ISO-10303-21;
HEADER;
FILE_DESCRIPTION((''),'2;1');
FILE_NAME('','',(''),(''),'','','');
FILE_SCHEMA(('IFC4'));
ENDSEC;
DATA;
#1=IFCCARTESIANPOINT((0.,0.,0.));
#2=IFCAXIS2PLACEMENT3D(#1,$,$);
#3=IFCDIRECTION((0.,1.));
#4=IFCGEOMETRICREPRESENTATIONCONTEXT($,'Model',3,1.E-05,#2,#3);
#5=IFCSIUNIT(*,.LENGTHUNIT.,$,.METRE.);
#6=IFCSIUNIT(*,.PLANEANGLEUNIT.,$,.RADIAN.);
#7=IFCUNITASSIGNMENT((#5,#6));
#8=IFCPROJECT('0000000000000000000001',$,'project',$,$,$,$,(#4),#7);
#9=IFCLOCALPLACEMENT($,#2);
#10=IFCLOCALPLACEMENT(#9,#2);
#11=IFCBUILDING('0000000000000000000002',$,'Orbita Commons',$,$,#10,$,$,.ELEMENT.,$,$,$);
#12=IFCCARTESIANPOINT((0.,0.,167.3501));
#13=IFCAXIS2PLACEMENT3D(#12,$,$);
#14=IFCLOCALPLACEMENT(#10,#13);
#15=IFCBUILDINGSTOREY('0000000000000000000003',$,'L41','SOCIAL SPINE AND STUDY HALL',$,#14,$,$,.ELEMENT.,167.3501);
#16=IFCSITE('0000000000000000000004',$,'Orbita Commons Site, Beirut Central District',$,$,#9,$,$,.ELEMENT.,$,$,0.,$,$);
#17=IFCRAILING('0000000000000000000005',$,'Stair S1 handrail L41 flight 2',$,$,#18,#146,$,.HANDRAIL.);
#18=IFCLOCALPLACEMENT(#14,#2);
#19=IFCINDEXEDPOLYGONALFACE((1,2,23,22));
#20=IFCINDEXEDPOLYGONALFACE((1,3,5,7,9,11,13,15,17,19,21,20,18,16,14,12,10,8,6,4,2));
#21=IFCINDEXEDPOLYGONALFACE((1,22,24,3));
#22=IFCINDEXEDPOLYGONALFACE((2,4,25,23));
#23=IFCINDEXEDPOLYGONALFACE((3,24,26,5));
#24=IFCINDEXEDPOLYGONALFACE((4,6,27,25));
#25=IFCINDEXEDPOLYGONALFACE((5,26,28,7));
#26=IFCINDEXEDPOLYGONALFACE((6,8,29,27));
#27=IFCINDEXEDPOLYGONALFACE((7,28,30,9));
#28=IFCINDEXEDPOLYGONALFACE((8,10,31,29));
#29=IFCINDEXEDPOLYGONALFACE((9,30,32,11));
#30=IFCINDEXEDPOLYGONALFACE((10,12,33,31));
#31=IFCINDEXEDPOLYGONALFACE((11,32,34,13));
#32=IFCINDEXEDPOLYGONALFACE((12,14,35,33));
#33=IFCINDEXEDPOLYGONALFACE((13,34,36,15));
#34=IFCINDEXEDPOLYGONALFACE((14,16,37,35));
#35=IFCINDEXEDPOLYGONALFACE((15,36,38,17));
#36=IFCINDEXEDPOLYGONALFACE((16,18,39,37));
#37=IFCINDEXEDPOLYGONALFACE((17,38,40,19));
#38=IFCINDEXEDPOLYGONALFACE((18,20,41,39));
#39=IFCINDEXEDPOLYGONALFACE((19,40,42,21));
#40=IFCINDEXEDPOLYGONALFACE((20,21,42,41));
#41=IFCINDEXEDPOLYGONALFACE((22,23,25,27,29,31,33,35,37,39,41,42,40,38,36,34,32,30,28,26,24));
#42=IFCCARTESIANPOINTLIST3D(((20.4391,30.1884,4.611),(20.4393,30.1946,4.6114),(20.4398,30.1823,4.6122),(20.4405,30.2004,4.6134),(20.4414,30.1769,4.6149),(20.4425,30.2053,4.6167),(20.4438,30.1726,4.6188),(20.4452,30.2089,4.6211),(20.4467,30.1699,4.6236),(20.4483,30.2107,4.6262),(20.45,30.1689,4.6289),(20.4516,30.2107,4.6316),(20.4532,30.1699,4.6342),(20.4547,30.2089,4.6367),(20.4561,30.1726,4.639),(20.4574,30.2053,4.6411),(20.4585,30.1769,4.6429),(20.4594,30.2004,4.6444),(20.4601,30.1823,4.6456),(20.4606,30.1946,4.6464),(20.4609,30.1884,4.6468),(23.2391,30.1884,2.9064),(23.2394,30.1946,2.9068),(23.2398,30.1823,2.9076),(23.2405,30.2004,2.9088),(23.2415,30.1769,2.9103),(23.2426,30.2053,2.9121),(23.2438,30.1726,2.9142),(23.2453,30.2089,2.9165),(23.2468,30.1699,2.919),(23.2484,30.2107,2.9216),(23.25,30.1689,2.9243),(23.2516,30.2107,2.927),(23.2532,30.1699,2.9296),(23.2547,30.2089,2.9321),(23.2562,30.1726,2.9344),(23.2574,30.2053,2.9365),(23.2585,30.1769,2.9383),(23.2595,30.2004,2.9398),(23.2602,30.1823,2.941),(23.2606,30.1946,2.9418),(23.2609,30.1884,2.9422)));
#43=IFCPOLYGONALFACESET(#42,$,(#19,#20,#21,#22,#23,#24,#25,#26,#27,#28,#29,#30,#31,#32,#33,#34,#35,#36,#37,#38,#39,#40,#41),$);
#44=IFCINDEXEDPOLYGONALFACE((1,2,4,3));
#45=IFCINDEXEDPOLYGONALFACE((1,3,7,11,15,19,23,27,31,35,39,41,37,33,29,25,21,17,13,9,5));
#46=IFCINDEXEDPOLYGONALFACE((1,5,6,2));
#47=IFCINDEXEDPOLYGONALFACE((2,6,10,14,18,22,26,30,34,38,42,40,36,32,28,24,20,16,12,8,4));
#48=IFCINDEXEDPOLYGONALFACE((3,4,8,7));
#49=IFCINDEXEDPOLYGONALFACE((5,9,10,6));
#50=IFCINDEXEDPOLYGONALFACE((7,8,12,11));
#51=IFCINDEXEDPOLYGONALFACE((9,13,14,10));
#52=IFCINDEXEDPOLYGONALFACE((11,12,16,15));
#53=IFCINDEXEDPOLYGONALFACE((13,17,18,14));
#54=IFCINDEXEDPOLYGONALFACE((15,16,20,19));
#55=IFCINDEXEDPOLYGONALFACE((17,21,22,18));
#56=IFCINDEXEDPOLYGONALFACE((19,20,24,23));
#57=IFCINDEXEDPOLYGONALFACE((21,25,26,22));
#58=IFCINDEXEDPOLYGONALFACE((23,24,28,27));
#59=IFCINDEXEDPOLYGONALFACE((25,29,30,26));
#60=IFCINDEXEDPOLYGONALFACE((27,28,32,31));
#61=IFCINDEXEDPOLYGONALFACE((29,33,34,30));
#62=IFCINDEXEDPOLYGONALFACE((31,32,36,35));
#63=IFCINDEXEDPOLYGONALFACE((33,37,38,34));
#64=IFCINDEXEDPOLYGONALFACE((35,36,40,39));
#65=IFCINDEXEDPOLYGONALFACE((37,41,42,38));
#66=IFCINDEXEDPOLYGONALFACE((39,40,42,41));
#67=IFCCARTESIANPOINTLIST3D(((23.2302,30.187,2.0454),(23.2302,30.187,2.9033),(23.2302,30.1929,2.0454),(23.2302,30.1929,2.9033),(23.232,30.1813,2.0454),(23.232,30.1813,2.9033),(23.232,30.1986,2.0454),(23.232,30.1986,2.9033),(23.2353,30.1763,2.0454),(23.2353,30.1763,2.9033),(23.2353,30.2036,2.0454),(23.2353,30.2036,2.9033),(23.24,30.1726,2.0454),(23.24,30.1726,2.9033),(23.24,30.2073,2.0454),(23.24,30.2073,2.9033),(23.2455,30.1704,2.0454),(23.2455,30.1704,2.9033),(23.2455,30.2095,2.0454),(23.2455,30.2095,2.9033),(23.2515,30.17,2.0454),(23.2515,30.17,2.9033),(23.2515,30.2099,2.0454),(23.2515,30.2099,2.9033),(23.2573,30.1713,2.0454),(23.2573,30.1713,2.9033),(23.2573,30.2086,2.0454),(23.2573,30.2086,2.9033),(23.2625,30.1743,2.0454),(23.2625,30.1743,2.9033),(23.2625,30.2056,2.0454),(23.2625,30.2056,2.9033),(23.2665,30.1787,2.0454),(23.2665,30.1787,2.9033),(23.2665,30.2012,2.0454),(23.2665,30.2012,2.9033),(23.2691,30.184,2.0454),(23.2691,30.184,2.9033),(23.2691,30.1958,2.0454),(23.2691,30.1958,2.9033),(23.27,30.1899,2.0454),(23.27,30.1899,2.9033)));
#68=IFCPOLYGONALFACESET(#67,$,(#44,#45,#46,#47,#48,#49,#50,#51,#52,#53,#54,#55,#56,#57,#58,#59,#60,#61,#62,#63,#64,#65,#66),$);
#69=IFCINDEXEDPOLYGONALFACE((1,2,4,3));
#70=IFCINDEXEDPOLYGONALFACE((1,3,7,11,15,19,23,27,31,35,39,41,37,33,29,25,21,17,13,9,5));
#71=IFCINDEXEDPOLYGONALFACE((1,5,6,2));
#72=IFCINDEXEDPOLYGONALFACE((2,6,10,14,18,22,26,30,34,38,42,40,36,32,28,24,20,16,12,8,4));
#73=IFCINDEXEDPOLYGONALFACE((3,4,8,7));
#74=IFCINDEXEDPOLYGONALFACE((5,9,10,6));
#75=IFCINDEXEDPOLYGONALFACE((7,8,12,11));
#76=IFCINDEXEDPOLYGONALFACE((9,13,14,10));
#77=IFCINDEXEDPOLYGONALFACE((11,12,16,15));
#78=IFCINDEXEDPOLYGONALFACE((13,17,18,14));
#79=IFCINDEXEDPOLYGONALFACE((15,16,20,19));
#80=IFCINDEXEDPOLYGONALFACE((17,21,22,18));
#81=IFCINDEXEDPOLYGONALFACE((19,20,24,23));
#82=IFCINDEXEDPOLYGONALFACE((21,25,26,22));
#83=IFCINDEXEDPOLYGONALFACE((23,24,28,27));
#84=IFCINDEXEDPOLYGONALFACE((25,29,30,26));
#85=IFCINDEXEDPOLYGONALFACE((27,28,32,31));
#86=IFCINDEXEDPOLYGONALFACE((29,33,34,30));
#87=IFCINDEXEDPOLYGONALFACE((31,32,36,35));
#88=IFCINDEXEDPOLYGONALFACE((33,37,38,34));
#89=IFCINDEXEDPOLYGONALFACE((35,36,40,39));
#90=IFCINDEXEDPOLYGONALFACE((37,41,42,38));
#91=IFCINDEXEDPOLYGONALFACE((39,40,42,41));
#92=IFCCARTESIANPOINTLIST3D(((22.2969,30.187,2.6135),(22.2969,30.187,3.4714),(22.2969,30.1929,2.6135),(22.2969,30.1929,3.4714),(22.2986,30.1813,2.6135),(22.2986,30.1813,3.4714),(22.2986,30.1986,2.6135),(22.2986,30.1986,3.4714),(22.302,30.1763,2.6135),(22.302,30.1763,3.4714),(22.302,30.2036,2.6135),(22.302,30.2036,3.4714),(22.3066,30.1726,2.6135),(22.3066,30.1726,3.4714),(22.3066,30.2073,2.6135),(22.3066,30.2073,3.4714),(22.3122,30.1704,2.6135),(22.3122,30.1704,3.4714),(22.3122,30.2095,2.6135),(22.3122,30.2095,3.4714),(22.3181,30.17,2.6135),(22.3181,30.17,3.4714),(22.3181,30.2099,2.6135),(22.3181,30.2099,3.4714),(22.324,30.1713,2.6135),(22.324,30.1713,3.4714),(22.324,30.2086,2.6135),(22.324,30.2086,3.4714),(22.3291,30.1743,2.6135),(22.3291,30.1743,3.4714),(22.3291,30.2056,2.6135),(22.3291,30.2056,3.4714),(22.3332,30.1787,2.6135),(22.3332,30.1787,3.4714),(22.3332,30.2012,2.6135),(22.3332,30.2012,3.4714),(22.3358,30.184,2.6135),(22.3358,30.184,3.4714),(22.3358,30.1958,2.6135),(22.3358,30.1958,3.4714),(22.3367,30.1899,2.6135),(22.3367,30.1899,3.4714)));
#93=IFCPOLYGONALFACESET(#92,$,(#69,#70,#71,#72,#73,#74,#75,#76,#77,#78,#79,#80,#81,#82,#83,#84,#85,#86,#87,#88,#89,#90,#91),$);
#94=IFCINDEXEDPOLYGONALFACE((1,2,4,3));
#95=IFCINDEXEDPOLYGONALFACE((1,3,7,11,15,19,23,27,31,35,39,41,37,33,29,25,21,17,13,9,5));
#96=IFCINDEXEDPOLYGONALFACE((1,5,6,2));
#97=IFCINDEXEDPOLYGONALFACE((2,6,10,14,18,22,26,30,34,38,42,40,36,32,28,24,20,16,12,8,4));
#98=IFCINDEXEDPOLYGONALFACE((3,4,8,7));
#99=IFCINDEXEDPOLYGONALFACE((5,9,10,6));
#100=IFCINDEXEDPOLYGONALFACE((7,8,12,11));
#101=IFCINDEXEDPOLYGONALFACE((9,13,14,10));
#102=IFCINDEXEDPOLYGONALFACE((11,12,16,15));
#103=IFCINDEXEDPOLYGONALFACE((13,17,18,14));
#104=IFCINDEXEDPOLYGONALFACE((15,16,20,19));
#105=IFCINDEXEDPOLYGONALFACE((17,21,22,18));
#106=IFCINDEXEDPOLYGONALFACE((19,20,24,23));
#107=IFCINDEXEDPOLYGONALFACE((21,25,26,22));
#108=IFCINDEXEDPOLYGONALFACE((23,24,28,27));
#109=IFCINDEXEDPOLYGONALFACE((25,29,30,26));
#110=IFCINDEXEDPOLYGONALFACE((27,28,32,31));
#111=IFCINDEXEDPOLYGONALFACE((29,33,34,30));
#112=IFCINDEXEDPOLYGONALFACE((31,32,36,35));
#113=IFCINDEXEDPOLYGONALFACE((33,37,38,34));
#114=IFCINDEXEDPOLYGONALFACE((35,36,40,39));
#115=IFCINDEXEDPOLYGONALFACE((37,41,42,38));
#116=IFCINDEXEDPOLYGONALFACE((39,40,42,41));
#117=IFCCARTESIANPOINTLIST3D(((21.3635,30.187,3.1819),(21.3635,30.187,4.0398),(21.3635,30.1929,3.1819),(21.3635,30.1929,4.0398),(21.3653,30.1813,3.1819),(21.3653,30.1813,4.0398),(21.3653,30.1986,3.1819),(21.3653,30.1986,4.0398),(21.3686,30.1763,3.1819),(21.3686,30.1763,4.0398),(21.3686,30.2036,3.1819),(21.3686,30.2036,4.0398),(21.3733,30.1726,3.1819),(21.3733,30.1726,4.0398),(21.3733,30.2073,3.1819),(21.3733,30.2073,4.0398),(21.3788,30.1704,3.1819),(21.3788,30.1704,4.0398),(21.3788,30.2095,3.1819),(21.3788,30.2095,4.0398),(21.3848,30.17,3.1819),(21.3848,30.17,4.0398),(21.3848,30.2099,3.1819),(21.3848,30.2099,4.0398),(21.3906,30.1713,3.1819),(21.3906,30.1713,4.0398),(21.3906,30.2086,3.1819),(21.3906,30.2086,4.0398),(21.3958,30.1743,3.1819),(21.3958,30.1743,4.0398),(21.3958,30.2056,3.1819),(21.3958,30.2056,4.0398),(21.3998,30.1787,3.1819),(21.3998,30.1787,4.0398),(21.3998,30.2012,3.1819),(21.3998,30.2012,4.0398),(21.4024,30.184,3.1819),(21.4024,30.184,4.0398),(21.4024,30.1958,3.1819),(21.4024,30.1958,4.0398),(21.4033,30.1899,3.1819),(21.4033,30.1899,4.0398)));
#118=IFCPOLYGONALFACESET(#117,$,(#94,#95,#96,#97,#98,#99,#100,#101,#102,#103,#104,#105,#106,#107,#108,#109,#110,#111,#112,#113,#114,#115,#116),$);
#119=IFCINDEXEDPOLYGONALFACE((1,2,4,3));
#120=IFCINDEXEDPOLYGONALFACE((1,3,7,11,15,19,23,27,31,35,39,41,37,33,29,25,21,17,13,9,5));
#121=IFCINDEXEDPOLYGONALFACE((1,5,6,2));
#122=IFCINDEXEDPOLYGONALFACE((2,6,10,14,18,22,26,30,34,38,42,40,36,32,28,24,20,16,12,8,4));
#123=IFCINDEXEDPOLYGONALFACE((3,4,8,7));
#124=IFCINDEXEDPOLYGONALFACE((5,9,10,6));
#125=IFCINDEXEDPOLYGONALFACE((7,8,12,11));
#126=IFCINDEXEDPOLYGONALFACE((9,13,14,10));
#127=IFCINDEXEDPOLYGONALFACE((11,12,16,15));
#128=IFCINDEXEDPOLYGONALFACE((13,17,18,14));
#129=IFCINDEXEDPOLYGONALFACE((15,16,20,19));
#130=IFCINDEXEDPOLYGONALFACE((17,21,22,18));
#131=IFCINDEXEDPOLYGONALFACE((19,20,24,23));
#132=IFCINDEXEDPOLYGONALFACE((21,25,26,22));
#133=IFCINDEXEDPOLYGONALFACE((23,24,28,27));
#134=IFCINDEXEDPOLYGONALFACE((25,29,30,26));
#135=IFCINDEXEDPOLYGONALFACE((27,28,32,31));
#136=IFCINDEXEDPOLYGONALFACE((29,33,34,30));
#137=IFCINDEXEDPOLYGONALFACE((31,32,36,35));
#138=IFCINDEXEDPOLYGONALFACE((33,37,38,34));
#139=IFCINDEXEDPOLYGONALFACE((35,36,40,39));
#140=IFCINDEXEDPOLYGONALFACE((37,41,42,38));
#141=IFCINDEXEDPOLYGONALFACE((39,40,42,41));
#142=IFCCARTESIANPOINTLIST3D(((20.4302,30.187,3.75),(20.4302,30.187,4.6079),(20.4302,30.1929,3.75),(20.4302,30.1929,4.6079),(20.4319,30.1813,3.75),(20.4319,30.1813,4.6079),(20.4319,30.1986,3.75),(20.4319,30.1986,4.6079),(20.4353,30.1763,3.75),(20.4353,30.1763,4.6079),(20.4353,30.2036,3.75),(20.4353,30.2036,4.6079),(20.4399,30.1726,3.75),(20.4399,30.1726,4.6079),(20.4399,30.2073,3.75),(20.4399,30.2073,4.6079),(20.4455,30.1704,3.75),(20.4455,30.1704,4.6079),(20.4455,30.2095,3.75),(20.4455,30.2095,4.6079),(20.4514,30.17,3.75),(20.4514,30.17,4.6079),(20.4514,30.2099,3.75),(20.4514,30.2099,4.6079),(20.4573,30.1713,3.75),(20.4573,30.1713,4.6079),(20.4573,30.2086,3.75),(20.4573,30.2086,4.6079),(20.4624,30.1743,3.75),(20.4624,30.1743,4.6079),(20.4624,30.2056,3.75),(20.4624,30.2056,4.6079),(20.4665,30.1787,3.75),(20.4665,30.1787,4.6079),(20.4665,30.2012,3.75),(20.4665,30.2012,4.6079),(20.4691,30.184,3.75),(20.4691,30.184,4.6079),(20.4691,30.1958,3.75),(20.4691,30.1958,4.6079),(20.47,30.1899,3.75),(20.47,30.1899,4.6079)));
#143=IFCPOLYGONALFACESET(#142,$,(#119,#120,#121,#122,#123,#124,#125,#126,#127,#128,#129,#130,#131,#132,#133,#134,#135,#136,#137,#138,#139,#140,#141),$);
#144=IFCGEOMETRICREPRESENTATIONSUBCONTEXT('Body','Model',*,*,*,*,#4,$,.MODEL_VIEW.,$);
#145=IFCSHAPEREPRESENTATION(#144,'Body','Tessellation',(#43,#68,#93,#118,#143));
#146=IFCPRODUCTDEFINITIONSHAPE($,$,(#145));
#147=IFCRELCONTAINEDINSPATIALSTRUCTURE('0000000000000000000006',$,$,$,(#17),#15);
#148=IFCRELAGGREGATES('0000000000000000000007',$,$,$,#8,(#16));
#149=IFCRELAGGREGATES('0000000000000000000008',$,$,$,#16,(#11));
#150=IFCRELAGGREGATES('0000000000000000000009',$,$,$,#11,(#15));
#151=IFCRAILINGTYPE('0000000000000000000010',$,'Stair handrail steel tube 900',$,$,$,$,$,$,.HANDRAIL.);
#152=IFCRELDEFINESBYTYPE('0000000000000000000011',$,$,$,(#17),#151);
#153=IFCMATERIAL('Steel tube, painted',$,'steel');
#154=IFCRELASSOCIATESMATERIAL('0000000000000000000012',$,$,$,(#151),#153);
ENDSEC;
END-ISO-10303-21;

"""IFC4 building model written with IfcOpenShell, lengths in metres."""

from ifc_helpers import new_model, si_unit, direction, frame, origin, origin_2d, place, context, subcontext, project, spatial, circle, extrude, material, type_object, element, save


model = new_model("IFC4")

# Units and contexts
model_context = context("Model", 3, precision=1e-05, world=origin(), true_north=direction((0.0, 1.0)))
body_context = subcontext(model_context, "Body", "Model", "MODEL_VIEW")
ifc_project = project(units=[si_unit("LENGTHUNIT", "METRE"), si_unit("PLANEANGLEUNIT", "RADIAN")], contexts=[model_context])

# Site, building, storey
site_placement = place(None, origin())
site = spatial("IfcSite", under=ifc_project, at=site_placement, Name="Orbita Commons Site, Beirut Central District", CompositionType="ELEMENT", RefElevation=0.0)
building_placement = place(site_placement, origin())
building = spatial("IfcBuilding", under=site, at=building_placement, Name="Orbita Commons", CompositionType="ELEMENT")
storey_placement = place(building_placement, frame((0.0, 0.0, 167.3501)))
storey = spatial("IfcBuildingStorey", under=building, at=storey_placement, Name="L41", Description="SOCIAL SPINE AND STUDY HALL", CompositionType="ELEMENT", Elevation=167.3501)

# Railing
ifc_material_1 = material(Name="Steel tube, painted", Category="steel")
railing_type = type_object("IfcRailingType", Name="Stair handrail steel tube 900", PredefinedType="HANDRAIL", material=ifc_material_1)
for number, where, name in (
    (1, (23.25, 30.1899, 2.0454), "Stair S1 handrail L41 flight 2"),
):
    element("IfcRailing", number, at=place(storey_placement, frame(where)), inside=storey, type_object=railing_type, Name=name, PredefinedType="HANDRAIL", context=body_context, shape_type="SweptSolid", body=[
        extrude(circle(Radius=0.021, at=origin_2d()), frame((0.0, 0.0, 0.8789), z_axis=(-0.85417, 0.0, 0.519994), x_axis=(0.0, -1.0, 0.0)), (0.0, 0.0, 1.0), 3.2781),
        extrude(circle(Radius=0.02, at=origin_2d()), origin(), (0.0, 0.0, 1.0), 0.8579),
        extrude(circle(Radius=0.02, at=origin_2d()), frame((-0.9333, 0.0, 0.5681)), (0.0, 0.0, 1.0), 0.8579),
        extrude(circle(Radius=0.02, at=origin_2d()), frame((-1.8667, 0.0, 1.1365)), (0.0, 0.0, 1.0), 0.8579),
        extrude(circle(Radius=0.02, at=origin_2d()), frame((-2.8, 0.0, 1.7046)), (0.0, 0.0, 1.0), 0.8579),
    ])

save(model, "model.ifc")
